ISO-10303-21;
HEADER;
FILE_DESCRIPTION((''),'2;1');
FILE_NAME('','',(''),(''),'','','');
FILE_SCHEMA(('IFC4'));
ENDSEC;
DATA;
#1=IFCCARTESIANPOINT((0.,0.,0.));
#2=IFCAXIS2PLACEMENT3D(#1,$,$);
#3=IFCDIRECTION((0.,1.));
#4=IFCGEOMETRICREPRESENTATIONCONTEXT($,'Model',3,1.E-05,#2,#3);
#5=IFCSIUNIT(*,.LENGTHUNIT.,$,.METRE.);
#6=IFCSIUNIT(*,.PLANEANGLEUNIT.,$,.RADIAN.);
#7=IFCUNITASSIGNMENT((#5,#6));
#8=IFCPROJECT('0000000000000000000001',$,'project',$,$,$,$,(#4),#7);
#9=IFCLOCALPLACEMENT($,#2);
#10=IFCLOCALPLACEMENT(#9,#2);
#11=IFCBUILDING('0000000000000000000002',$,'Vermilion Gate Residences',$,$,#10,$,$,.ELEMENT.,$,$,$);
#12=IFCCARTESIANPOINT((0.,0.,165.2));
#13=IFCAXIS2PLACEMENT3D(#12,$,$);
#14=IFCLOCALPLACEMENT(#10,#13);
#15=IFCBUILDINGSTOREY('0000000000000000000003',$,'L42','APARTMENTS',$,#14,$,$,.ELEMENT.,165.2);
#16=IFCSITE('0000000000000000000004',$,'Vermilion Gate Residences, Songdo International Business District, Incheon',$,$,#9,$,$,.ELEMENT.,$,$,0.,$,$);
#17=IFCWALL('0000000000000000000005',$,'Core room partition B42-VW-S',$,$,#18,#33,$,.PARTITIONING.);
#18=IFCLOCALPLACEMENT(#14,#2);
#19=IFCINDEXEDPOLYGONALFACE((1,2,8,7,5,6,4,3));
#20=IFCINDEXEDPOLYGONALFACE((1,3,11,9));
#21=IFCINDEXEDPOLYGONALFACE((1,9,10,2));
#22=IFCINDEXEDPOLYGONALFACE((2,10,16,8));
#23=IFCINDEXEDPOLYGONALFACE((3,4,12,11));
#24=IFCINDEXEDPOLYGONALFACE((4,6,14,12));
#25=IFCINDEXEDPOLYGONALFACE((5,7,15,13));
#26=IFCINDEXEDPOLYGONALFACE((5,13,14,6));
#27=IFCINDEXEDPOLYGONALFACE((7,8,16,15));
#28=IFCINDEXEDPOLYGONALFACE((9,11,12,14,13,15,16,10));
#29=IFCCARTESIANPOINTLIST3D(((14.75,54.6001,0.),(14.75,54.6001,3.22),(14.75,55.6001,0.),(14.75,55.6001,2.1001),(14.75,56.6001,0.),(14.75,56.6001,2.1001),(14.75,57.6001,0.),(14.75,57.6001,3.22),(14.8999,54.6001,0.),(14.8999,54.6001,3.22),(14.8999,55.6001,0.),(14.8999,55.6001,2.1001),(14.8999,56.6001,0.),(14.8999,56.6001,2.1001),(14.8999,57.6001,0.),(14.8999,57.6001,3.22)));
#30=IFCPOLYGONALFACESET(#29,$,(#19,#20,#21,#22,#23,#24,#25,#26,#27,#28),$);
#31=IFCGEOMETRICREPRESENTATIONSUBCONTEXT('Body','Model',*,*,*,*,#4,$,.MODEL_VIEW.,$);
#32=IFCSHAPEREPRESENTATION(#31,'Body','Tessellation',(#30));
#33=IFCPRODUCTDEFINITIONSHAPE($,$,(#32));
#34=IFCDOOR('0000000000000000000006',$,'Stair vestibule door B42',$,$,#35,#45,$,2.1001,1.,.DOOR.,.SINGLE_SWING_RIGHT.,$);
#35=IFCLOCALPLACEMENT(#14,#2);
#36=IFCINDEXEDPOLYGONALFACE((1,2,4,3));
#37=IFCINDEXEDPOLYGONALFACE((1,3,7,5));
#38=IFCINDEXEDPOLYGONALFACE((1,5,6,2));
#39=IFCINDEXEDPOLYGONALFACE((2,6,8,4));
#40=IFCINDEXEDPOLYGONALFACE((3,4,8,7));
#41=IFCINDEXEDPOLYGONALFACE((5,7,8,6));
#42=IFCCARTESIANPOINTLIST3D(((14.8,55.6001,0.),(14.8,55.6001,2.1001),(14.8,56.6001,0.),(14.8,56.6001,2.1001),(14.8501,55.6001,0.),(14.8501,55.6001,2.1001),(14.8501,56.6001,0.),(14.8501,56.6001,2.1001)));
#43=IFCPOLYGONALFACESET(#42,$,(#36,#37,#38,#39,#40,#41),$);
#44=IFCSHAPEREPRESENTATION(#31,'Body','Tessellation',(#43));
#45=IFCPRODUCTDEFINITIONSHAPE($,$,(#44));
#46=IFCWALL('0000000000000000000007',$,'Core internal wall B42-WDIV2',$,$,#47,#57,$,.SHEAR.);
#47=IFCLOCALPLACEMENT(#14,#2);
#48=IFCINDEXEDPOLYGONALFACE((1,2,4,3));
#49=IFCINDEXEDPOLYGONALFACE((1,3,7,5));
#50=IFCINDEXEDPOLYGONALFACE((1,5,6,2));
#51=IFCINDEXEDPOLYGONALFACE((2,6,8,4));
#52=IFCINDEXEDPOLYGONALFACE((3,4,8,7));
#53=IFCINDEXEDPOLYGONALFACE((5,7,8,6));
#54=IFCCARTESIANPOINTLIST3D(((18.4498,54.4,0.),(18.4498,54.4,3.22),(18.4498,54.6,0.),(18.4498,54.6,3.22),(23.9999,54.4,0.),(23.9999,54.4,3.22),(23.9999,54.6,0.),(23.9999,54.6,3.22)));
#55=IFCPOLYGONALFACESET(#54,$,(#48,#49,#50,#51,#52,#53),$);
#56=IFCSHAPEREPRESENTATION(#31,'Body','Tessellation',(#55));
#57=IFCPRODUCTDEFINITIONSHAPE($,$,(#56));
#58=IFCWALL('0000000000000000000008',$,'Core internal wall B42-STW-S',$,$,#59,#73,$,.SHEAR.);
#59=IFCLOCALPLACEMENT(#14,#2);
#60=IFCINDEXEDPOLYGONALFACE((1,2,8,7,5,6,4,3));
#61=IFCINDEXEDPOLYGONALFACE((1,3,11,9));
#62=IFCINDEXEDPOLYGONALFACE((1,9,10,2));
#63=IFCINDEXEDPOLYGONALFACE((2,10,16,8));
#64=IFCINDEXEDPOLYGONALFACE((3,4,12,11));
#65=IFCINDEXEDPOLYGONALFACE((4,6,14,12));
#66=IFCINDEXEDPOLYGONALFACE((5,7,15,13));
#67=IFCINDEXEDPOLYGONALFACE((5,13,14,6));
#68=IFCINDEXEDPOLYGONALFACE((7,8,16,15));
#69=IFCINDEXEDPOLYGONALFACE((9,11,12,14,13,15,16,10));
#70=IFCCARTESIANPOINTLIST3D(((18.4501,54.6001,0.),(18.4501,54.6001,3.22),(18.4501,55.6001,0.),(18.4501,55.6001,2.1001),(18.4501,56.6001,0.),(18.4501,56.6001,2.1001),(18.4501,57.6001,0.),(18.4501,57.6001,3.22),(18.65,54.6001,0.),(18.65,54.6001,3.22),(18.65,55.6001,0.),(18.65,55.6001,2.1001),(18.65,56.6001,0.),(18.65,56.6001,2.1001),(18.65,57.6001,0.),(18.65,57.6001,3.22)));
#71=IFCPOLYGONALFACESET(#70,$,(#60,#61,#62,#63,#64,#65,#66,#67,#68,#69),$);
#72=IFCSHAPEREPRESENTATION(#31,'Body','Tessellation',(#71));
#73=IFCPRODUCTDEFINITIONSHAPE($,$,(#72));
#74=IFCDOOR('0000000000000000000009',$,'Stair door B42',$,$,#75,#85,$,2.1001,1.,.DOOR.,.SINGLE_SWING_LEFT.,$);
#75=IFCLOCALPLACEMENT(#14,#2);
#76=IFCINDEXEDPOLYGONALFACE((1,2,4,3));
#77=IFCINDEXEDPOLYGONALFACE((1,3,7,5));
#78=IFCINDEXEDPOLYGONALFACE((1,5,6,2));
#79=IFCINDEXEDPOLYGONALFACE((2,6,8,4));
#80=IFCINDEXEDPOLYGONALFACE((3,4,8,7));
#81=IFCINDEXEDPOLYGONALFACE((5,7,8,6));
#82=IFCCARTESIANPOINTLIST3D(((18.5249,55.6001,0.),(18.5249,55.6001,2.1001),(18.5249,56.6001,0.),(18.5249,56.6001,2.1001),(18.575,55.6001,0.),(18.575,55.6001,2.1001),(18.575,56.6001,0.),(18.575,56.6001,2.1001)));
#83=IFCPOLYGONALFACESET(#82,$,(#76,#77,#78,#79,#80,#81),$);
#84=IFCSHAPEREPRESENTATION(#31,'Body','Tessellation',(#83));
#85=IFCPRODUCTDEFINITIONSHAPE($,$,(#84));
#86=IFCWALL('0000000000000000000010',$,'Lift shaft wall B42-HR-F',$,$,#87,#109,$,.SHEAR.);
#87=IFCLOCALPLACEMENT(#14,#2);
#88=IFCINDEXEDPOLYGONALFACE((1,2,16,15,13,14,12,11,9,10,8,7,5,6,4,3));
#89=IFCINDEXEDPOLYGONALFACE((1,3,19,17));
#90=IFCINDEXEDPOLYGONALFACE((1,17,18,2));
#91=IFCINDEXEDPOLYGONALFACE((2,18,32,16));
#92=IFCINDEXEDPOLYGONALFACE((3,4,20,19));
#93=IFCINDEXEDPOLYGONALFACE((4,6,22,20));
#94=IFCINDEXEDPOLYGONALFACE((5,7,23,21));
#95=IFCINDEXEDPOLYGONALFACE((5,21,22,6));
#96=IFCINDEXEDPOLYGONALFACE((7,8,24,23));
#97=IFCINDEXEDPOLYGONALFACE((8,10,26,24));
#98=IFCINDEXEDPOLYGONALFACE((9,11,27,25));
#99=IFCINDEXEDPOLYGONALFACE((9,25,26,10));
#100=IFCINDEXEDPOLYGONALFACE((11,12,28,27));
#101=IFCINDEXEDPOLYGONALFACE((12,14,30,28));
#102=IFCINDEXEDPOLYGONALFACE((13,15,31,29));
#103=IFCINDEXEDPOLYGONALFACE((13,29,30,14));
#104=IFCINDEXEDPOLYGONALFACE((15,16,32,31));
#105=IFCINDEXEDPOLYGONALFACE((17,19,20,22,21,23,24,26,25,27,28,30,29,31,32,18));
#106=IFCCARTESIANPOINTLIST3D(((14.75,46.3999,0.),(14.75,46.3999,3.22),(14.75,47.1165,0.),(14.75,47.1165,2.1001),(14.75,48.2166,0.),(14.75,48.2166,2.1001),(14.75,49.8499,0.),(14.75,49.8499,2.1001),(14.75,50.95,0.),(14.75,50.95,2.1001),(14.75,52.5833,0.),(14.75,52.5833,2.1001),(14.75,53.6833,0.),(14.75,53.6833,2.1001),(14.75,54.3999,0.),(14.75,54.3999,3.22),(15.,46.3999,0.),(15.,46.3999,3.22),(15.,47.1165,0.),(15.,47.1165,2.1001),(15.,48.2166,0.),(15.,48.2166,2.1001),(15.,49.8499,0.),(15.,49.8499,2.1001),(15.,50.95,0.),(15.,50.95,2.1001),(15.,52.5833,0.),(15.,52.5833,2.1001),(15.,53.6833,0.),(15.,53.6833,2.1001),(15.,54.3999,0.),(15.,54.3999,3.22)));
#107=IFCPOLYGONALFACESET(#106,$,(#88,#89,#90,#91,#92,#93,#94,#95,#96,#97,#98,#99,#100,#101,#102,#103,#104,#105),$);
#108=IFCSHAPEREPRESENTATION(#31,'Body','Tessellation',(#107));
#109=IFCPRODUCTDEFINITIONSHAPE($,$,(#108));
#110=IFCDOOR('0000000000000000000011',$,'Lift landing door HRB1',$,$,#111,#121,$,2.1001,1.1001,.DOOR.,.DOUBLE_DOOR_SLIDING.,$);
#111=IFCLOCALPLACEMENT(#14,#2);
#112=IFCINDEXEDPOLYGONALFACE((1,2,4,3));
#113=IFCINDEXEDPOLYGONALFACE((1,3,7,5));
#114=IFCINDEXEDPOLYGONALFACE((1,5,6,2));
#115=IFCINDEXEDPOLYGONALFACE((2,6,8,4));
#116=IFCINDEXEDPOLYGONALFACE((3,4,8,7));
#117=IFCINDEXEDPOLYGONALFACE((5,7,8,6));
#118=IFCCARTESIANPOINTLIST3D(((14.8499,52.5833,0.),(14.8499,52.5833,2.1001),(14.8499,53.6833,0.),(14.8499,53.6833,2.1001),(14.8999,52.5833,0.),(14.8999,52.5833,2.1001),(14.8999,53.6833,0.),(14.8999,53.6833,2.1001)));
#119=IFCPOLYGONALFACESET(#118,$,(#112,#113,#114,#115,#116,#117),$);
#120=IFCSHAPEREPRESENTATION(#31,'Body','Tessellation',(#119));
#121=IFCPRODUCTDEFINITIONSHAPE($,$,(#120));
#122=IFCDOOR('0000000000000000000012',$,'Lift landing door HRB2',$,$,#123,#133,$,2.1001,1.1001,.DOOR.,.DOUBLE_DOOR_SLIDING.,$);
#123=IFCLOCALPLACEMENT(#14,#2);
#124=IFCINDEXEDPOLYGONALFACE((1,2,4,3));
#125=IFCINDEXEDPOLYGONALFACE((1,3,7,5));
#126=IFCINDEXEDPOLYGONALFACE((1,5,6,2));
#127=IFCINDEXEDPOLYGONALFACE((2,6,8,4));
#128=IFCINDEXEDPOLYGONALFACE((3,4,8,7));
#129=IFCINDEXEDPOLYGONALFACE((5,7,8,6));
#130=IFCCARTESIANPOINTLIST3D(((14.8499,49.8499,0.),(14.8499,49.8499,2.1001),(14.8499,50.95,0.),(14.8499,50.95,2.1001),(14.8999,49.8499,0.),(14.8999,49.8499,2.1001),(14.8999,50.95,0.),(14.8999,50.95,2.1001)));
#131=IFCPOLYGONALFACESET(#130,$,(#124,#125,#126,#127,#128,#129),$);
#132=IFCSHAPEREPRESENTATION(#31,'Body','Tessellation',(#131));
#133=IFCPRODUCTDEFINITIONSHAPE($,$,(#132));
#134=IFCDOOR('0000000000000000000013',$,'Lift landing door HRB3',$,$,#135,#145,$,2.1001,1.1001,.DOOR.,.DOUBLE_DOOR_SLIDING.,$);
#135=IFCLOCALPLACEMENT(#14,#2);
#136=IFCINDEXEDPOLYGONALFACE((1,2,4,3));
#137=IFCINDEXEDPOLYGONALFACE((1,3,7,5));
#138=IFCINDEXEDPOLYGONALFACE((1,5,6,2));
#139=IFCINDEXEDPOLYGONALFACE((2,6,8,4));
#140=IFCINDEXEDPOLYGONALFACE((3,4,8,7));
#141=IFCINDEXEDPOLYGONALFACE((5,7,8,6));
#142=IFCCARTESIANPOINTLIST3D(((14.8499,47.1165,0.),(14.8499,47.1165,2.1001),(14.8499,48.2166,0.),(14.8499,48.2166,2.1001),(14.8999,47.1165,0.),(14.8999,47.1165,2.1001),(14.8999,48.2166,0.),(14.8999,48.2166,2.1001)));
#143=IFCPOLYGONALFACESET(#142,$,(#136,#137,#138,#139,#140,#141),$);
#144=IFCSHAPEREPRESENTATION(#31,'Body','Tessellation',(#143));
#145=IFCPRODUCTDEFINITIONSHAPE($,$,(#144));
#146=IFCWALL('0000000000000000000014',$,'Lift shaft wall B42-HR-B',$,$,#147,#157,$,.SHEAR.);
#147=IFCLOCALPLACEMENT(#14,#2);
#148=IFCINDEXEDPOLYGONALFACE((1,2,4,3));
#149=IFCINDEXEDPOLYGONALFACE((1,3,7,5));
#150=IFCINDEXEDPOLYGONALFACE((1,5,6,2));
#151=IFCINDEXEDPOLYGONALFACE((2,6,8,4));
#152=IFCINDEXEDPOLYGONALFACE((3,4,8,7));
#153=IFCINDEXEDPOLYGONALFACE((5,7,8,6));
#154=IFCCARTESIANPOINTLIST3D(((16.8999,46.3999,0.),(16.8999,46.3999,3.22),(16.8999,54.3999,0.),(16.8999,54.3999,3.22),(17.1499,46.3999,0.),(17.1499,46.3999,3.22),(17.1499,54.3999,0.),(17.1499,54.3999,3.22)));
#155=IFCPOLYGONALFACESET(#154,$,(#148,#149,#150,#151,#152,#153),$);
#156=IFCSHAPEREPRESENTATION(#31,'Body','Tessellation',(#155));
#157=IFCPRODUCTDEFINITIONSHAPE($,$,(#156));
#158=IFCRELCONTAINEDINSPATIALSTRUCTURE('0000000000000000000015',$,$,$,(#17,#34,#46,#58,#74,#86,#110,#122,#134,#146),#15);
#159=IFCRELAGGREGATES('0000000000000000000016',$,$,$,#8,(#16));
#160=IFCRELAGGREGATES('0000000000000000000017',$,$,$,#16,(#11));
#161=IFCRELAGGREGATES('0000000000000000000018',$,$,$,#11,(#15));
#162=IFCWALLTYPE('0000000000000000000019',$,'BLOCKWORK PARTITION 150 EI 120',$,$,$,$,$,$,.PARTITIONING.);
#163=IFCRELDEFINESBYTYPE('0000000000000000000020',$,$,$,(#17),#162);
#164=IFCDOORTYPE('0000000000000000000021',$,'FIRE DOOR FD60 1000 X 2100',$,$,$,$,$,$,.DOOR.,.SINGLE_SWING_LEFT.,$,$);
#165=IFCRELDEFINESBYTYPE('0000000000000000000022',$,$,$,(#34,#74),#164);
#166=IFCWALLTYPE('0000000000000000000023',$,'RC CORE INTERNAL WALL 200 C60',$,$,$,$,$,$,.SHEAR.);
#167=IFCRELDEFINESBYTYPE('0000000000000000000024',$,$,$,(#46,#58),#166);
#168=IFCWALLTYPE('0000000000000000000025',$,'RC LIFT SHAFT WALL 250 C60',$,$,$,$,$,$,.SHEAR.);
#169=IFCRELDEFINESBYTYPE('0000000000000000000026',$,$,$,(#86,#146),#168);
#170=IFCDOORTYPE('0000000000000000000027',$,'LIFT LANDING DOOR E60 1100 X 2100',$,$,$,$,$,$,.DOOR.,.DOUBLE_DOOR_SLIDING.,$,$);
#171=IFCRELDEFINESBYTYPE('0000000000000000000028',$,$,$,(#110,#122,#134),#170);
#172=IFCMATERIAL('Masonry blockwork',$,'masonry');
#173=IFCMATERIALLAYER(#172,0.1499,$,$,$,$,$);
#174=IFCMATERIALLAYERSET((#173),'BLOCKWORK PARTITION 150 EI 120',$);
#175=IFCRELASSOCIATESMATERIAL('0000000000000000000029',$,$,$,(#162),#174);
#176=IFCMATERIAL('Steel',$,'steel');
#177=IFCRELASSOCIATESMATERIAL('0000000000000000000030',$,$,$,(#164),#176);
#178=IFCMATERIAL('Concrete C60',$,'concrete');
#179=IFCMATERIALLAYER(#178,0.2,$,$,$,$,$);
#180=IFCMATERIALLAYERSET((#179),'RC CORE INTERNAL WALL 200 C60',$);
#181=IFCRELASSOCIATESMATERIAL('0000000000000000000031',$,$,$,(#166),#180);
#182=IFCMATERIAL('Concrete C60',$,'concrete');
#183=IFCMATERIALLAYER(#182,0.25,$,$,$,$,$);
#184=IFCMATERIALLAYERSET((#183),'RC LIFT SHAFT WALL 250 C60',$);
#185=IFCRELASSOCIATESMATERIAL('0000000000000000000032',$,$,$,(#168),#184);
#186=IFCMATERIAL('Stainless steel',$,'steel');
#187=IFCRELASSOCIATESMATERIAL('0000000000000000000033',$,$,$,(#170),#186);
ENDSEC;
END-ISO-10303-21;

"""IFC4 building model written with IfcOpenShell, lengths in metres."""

from ifc_helpers import new_model, si_unit, direction, frame, frame_2d, origin, place, context, subcontext, project, spatial, rectangle, extrude, material, layer, layer_set, type_object, element, fill, save


model = new_model("IFC4")

# Units and contexts
model_context = context("Model", 3, precision=1e-05, world=origin(), true_north=direction((0.0, 1.0)))
body_context = subcontext(model_context, "Body", "Model", "MODEL_VIEW")
ifc_project = project(units=[si_unit("LENGTHUNIT", "METRE"), si_unit("PLANEANGLEUNIT", "RADIAN")], contexts=[model_context])

# Site, building, storey
site_placement = place(None, origin())
site = spatial("IfcSite", under=ifc_project, at=site_placement, Name="Vermilion Gate Residences, Songdo International Business District, Incheon", CompositionType="ELEMENT", RefElevation=0.0)
building_placement = place(site_placement, origin())
building = spatial("IfcBuilding", under=site, at=building_placement, Name="Vermilion Gate Residences", CompositionType="ELEMENT")
storey_placement = place(building_placement, frame((0.0, 0.0, 165.2)))
storey = spatial("IfcBuildingStorey", under=building, at=storey_placement, Name="L42", Description="APARTMENTS", CompositionType="ELEMENT", Elevation=165.2)

# Wall, opening, door
ifc_material_1 = material(Name="Masonry blockwork", Category="masonry")
ifc_layer_1 = layer(ifc_material_1, 0.1499)
ifc_layer_set_1 = layer_set([ifc_layer_1], Name="BLOCKWORK PARTITION 150 EI 120")
wall_type_1 = type_object("IfcWallType", Name="BLOCKWORK PARTITION 150 EI 120", PredefinedType="PARTITIONING", material=ifc_layer_set_1)
wall_1_placement = place(storey_placement, frame((14.825, 57.6001, 0.0), z_axis=(0.0, 0.0, 1.0), x_axis=(0.0, -1.0, 0.0)))
wall_1 = element("IfcWall", 1, at=wall_1_placement, inside=storey, type_object=wall_type_1, Name="Core room partition B42-VW-S", PredefinedType="PARTITIONING", context=body_context, shape_type="SweptSolid", body=[
    extrude(rectangle(XDim=3.0, YDim=0.1499, at=frame_2d((1.5, 0.0))), origin(), (0.0, 0.0, 1.0), 3.22),
])
opening_1_placement = place(wall_1_placement, frame((1.0, 0.0, 0.0)))
opening_1 = element("IfcOpeningElement", 2, at=opening_1_placement, cuts=wall_1, PredefinedType="OPENING", context=body_context, shape_type="SweptSolid", body=[
    extrude(rectangle(XDim=1.0, YDim=2.1001, at=frame_2d((0.5, 1.05))), frame((0.0, 0.085, 0.0), z_axis=(0.0, -1.0, 0.0), x_axis=(1.0, 0.0, 0.0)), (0.0, 0.0, 1.0), 0.1699),
])
ifc_material_2 = material(Name="Steel", Category="steel")
door_type_1 = type_object("IfcDoorType", Name="FIRE DOOR FD60 1000 X 2100", OperationType="SINGLE_SWING_LEFT", PredefinedType="DOOR", material=ifc_material_2)
door_1_placement = place(opening_1_placement, frame((1.0, 0.0, 0.0), z_axis=(0.0, 0.0, 1.0), x_axis=(-1.0, 0.0, 0.0)))
door_1 = element("IfcDoor", 3, at=door_1_placement, inside=storey, type_object=door_type_1, Name="Stair vestibule door B42", OperationType="SINGLE_SWING_RIGHT", OverallHeight=2.1001, OverallWidth=1.0, PredefinedType="DOOR", context=body_context, shape_type="SweptSolid", body=[
    extrude(rectangle(XDim=1.0, YDim=2.1001, at=frame_2d((0.5, 1.05))), frame((0.0, 0.0249, 0.0), z_axis=(0.0, -1.0, 0.0), x_axis=(1.0, 0.0, 0.0)), (0.0, 0.0, 1.0), 0.05),
])
fill(opening_1, door_1)

# Wall
ifc_material_3 = material(Name="Concrete C60", Category="concrete")
ifc_layer_2 = layer(ifc_material_3, 0.2)
ifc_layer_set_2 = layer_set([ifc_layer_2], Name="RC CORE INTERNAL WALL 200 C60")
wall_type_2 = type_object("IfcWallType", Name="RC CORE INTERNAL WALL 200 C60", PredefinedType="SHEAR", material=ifc_layer_set_2)
wall_2_placement = place(storey_placement, frame((18.45, 54.5, 0.0), z_axis=(0.0, 0.0, 1.0), x_axis=(1.0, 0.0, 0.0)))
element("IfcWall", 4, at=wall_2_placement, inside=storey, type_object=wall_type_2, Name="Core internal wall B42-WDIV2", PredefinedType="SHEAR", context=body_context, shape_type="SweptSolid", body=[
    extrude(rectangle(XDim=5.55, YDim=0.2, at=frame_2d((2.7749, 0.0))), origin(), (0.0, 0.0, 1.0), 3.22),
])

# Wall, opening, door
wall_3_placement = place(storey_placement, frame((18.55, 57.6001, 0.0), z_axis=(0.0, 0.0, 1.0), x_axis=(0.0, -1.0, 0.0)))
wall_3 = element("IfcWall", 5, at=wall_3_placement, inside=storey, type_object=wall_type_2, Name="Core internal wall B42-STW-S", PredefinedType="SHEAR", context=body_context, shape_type="SweptSolid", body=[
    extrude(rectangle(XDim=3.0, YDim=0.2, at=frame_2d((1.5, 0.0))), origin(), (0.0, 0.0, 1.0), 3.22),
])
opening_2_placement = place(wall_3_placement, frame((1.0, 0.0, 0.0)))
opening_2 = element("IfcOpeningElement", 6, at=opening_2_placement, cuts=wall_3, PredefinedType="OPENING", context=body_context, shape_type="SweptSolid", body=[
    extrude(rectangle(XDim=1.0, YDim=2.1001, at=frame_2d((0.5, 1.05))), frame((0.0, 0.1099, 0.0), z_axis=(0.0, -1.0, 0.0), x_axis=(1.0, 0.0, 0.0)), (0.0, 0.0, 1.0), 0.22),
])
door_2_placement = place(opening_2_placement, origin())
door_2 = element("IfcDoor", 7, at=door_2_placement, inside=storey, type_object=door_type_1, Name="Stair door B42", OperationType="SINGLE_SWING_LEFT", OverallHeight=2.1001, OverallWidth=1.0, PredefinedType="DOOR", context=body_context, shape_type="SweptSolid", body=[
    extrude(rectangle(XDim=1.0, YDim=2.1001, at=frame_2d((0.5, 1.05))), frame((0.0, 0.0249, 0.0), z_axis=(0.0, -1.0, 0.0), x_axis=(1.0, 0.0, 0.0)), (0.0, 0.0, 1.0), 0.05),
])
fill(opening_2, door_2)

# Wall, openings, doors
ifc_material_4 = material(Name="Concrete C60", Category="concrete")
ifc_layer_3 = layer(ifc_material_4, 0.25)
ifc_layer_set_3 = layer_set([ifc_layer_3], Name="RC LIFT SHAFT WALL 250 C60")
wall_type_3 = type_object("IfcWallType", Name="RC LIFT SHAFT WALL 250 C60", PredefinedType="SHEAR", material=ifc_layer_set_3)
wall_4_placement = place(storey_placement, frame((14.875, 54.3999, 0.0), z_axis=(0.0, 0.0, 1.0), x_axis=(0.0, -1.0, 0.0)))
wall_4 = element("IfcWall", 8, at=wall_4_placement, inside=storey, type_object=wall_type_3, Name="Lift shaft wall B42-HR-F", PredefinedType="SHEAR", context=body_context, shape_type="SweptSolid", body=[
    extrude(rectangle(XDim=8.0, YDim=0.25, at=frame_2d((4.0, 0.0))), origin(), (0.0, 0.0, 1.0), 3.22),
])
opening_3_placement = place(wall_4_placement, frame((0.7166, 0.0, 0.0)))
opening_3 = element("IfcOpeningElement", 9, at=opening_3_placement, cuts=wall_4, PredefinedType="OPENING", context=body_context, shape_type="SweptSolid", body=[
    extrude(rectangle(XDim=1.1001, YDim=2.1001, at=frame_2d((0.55, 1.05))), frame((0.0, 0.135, 0.0), z_axis=(0.0, -1.0, 0.0), x_axis=(1.0, 0.0, 0.0)), (0.0, 0.0, 1.0), 0.27),
])
opening_4_placement = place(wall_4_placement, frame((3.45, 0.0, 0.0)))
opening_4 = element("IfcOpeningElement", 10, at=opening_4_placement, cuts=wall_4, PredefinedType="OPENING", context=body_context, shape_type="SweptSolid", body=[
    extrude(rectangle(XDim=1.1001, YDim=2.1001, at=frame_2d((0.55, 1.05))), frame((0.0, 0.135, 0.0), z_axis=(0.0, -1.0, 0.0), x_axis=(1.0, 0.0, 0.0)), (0.0, 0.0, 1.0), 0.27),
])
opening_5_placement = place(wall_4_placement, frame((6.1833, 0.0, 0.0)))
opening_5 = element("IfcOpeningElement", 11, at=opening_5_placement, cuts=wall_4, PredefinedType="OPENING", context=body_context, shape_type="SweptSolid", body=[
    extrude(rectangle(XDim=1.1001, YDim=2.1001, at=frame_2d((0.55, 1.05))), frame((0.0, 0.135, 0.0), z_axis=(0.0, -1.0, 0.0), x_axis=(1.0, 0.0, 0.0)), (0.0, 0.0, 1.0), 0.27),
])
ifc_material_5 = material(Name="Stainless steel", Category="steel")
door_type_2 = type_object("IfcDoorType", Name="LIFT LANDING DOOR E60 1100 X 2100", OperationType="DOUBLE_DOOR_SLIDING", PredefinedType="DOOR", material=ifc_material_5)
door_3_placement = place(opening_3_placement, origin())
door_3 = element("IfcDoor", 12, at=door_3_placement, inside=storey, type_object=door_type_2, Name="Lift landing door HRB1", OperationType="DOUBLE_DOOR_SLIDING", OverallHeight=2.1001, OverallWidth=1.1001, PredefinedType="DOOR", context=body_context, shape_type="SweptSolid", body=[
    extrude(rectangle(XDim=1.1001, YDim=2.1001, at=frame_2d((0.55, 1.05))), frame((0.0, 0.0249, 0.0), z_axis=(0.0, -1.0, 0.0), x_axis=(1.0, 0.0, 0.0)), (0.0, 0.0, 1.0), 0.05),
])
fill(opening_3, door_3)
door_4_placement = place(opening_4_placement, origin())
door_4 = element("IfcDoor", 13, at=door_4_placement, inside=storey, type_object=door_type_2, Name="Lift landing door HRB2", OperationType="DOUBLE_DOOR_SLIDING", OverallHeight=2.1001, OverallWidth=1.1001, PredefinedType="DOOR", context=body_context, shape_type="SweptSolid", body=[
    extrude(rectangle(XDim=1.1001, YDim=2.1001, at=frame_2d((0.55, 1.05))), frame((0.0, 0.0249, 0.0), z_axis=(0.0, -1.0, 0.0), x_axis=(1.0, 0.0, 0.0)), (0.0, 0.0, 1.0), 0.05),
])
fill(opening_4, door_4)
door_5_placement = place(opening_5_placement, origin())
door_5 = element("IfcDoor", 14, at=door_5_placement, inside=storey, type_object=door_type_2, Name="Lift landing door HRB3", OperationType="DOUBLE_DOOR_SLIDING", OverallHeight=2.1001, OverallWidth=1.1001, PredefinedType="DOOR", context=body_context, shape_type="SweptSolid", body=[
    extrude(rectangle(XDim=1.1001, YDim=2.1001, at=frame_2d((0.55, 1.05))), frame((0.0, 0.0249, 0.0), z_axis=(0.0, -1.0, 0.0), x_axis=(1.0, 0.0, 0.0)), (0.0, 0.0, 1.0), 0.05),
])
fill(opening_5, door_5)

# Wall
wall_5_placement = place(storey_placement, frame((17.0249, 54.3999, 0.0), z_axis=(0.0, 0.0, 1.0), x_axis=(0.0, -1.0, 0.0)))
element("IfcWall", 15, at=wall_5_placement, inside=storey, type_object=wall_type_3, Name="Lift shaft wall B42-HR-B", PredefinedType="SHEAR", context=body_context, shape_type="SweptSolid", body=[
    extrude(rectangle(XDim=8.0, YDim=0.25, at=frame_2d((4.0, 0.0))), origin(), (0.0, 0.0, 1.0), 3.22),
])

save(model, "model.ifc")
